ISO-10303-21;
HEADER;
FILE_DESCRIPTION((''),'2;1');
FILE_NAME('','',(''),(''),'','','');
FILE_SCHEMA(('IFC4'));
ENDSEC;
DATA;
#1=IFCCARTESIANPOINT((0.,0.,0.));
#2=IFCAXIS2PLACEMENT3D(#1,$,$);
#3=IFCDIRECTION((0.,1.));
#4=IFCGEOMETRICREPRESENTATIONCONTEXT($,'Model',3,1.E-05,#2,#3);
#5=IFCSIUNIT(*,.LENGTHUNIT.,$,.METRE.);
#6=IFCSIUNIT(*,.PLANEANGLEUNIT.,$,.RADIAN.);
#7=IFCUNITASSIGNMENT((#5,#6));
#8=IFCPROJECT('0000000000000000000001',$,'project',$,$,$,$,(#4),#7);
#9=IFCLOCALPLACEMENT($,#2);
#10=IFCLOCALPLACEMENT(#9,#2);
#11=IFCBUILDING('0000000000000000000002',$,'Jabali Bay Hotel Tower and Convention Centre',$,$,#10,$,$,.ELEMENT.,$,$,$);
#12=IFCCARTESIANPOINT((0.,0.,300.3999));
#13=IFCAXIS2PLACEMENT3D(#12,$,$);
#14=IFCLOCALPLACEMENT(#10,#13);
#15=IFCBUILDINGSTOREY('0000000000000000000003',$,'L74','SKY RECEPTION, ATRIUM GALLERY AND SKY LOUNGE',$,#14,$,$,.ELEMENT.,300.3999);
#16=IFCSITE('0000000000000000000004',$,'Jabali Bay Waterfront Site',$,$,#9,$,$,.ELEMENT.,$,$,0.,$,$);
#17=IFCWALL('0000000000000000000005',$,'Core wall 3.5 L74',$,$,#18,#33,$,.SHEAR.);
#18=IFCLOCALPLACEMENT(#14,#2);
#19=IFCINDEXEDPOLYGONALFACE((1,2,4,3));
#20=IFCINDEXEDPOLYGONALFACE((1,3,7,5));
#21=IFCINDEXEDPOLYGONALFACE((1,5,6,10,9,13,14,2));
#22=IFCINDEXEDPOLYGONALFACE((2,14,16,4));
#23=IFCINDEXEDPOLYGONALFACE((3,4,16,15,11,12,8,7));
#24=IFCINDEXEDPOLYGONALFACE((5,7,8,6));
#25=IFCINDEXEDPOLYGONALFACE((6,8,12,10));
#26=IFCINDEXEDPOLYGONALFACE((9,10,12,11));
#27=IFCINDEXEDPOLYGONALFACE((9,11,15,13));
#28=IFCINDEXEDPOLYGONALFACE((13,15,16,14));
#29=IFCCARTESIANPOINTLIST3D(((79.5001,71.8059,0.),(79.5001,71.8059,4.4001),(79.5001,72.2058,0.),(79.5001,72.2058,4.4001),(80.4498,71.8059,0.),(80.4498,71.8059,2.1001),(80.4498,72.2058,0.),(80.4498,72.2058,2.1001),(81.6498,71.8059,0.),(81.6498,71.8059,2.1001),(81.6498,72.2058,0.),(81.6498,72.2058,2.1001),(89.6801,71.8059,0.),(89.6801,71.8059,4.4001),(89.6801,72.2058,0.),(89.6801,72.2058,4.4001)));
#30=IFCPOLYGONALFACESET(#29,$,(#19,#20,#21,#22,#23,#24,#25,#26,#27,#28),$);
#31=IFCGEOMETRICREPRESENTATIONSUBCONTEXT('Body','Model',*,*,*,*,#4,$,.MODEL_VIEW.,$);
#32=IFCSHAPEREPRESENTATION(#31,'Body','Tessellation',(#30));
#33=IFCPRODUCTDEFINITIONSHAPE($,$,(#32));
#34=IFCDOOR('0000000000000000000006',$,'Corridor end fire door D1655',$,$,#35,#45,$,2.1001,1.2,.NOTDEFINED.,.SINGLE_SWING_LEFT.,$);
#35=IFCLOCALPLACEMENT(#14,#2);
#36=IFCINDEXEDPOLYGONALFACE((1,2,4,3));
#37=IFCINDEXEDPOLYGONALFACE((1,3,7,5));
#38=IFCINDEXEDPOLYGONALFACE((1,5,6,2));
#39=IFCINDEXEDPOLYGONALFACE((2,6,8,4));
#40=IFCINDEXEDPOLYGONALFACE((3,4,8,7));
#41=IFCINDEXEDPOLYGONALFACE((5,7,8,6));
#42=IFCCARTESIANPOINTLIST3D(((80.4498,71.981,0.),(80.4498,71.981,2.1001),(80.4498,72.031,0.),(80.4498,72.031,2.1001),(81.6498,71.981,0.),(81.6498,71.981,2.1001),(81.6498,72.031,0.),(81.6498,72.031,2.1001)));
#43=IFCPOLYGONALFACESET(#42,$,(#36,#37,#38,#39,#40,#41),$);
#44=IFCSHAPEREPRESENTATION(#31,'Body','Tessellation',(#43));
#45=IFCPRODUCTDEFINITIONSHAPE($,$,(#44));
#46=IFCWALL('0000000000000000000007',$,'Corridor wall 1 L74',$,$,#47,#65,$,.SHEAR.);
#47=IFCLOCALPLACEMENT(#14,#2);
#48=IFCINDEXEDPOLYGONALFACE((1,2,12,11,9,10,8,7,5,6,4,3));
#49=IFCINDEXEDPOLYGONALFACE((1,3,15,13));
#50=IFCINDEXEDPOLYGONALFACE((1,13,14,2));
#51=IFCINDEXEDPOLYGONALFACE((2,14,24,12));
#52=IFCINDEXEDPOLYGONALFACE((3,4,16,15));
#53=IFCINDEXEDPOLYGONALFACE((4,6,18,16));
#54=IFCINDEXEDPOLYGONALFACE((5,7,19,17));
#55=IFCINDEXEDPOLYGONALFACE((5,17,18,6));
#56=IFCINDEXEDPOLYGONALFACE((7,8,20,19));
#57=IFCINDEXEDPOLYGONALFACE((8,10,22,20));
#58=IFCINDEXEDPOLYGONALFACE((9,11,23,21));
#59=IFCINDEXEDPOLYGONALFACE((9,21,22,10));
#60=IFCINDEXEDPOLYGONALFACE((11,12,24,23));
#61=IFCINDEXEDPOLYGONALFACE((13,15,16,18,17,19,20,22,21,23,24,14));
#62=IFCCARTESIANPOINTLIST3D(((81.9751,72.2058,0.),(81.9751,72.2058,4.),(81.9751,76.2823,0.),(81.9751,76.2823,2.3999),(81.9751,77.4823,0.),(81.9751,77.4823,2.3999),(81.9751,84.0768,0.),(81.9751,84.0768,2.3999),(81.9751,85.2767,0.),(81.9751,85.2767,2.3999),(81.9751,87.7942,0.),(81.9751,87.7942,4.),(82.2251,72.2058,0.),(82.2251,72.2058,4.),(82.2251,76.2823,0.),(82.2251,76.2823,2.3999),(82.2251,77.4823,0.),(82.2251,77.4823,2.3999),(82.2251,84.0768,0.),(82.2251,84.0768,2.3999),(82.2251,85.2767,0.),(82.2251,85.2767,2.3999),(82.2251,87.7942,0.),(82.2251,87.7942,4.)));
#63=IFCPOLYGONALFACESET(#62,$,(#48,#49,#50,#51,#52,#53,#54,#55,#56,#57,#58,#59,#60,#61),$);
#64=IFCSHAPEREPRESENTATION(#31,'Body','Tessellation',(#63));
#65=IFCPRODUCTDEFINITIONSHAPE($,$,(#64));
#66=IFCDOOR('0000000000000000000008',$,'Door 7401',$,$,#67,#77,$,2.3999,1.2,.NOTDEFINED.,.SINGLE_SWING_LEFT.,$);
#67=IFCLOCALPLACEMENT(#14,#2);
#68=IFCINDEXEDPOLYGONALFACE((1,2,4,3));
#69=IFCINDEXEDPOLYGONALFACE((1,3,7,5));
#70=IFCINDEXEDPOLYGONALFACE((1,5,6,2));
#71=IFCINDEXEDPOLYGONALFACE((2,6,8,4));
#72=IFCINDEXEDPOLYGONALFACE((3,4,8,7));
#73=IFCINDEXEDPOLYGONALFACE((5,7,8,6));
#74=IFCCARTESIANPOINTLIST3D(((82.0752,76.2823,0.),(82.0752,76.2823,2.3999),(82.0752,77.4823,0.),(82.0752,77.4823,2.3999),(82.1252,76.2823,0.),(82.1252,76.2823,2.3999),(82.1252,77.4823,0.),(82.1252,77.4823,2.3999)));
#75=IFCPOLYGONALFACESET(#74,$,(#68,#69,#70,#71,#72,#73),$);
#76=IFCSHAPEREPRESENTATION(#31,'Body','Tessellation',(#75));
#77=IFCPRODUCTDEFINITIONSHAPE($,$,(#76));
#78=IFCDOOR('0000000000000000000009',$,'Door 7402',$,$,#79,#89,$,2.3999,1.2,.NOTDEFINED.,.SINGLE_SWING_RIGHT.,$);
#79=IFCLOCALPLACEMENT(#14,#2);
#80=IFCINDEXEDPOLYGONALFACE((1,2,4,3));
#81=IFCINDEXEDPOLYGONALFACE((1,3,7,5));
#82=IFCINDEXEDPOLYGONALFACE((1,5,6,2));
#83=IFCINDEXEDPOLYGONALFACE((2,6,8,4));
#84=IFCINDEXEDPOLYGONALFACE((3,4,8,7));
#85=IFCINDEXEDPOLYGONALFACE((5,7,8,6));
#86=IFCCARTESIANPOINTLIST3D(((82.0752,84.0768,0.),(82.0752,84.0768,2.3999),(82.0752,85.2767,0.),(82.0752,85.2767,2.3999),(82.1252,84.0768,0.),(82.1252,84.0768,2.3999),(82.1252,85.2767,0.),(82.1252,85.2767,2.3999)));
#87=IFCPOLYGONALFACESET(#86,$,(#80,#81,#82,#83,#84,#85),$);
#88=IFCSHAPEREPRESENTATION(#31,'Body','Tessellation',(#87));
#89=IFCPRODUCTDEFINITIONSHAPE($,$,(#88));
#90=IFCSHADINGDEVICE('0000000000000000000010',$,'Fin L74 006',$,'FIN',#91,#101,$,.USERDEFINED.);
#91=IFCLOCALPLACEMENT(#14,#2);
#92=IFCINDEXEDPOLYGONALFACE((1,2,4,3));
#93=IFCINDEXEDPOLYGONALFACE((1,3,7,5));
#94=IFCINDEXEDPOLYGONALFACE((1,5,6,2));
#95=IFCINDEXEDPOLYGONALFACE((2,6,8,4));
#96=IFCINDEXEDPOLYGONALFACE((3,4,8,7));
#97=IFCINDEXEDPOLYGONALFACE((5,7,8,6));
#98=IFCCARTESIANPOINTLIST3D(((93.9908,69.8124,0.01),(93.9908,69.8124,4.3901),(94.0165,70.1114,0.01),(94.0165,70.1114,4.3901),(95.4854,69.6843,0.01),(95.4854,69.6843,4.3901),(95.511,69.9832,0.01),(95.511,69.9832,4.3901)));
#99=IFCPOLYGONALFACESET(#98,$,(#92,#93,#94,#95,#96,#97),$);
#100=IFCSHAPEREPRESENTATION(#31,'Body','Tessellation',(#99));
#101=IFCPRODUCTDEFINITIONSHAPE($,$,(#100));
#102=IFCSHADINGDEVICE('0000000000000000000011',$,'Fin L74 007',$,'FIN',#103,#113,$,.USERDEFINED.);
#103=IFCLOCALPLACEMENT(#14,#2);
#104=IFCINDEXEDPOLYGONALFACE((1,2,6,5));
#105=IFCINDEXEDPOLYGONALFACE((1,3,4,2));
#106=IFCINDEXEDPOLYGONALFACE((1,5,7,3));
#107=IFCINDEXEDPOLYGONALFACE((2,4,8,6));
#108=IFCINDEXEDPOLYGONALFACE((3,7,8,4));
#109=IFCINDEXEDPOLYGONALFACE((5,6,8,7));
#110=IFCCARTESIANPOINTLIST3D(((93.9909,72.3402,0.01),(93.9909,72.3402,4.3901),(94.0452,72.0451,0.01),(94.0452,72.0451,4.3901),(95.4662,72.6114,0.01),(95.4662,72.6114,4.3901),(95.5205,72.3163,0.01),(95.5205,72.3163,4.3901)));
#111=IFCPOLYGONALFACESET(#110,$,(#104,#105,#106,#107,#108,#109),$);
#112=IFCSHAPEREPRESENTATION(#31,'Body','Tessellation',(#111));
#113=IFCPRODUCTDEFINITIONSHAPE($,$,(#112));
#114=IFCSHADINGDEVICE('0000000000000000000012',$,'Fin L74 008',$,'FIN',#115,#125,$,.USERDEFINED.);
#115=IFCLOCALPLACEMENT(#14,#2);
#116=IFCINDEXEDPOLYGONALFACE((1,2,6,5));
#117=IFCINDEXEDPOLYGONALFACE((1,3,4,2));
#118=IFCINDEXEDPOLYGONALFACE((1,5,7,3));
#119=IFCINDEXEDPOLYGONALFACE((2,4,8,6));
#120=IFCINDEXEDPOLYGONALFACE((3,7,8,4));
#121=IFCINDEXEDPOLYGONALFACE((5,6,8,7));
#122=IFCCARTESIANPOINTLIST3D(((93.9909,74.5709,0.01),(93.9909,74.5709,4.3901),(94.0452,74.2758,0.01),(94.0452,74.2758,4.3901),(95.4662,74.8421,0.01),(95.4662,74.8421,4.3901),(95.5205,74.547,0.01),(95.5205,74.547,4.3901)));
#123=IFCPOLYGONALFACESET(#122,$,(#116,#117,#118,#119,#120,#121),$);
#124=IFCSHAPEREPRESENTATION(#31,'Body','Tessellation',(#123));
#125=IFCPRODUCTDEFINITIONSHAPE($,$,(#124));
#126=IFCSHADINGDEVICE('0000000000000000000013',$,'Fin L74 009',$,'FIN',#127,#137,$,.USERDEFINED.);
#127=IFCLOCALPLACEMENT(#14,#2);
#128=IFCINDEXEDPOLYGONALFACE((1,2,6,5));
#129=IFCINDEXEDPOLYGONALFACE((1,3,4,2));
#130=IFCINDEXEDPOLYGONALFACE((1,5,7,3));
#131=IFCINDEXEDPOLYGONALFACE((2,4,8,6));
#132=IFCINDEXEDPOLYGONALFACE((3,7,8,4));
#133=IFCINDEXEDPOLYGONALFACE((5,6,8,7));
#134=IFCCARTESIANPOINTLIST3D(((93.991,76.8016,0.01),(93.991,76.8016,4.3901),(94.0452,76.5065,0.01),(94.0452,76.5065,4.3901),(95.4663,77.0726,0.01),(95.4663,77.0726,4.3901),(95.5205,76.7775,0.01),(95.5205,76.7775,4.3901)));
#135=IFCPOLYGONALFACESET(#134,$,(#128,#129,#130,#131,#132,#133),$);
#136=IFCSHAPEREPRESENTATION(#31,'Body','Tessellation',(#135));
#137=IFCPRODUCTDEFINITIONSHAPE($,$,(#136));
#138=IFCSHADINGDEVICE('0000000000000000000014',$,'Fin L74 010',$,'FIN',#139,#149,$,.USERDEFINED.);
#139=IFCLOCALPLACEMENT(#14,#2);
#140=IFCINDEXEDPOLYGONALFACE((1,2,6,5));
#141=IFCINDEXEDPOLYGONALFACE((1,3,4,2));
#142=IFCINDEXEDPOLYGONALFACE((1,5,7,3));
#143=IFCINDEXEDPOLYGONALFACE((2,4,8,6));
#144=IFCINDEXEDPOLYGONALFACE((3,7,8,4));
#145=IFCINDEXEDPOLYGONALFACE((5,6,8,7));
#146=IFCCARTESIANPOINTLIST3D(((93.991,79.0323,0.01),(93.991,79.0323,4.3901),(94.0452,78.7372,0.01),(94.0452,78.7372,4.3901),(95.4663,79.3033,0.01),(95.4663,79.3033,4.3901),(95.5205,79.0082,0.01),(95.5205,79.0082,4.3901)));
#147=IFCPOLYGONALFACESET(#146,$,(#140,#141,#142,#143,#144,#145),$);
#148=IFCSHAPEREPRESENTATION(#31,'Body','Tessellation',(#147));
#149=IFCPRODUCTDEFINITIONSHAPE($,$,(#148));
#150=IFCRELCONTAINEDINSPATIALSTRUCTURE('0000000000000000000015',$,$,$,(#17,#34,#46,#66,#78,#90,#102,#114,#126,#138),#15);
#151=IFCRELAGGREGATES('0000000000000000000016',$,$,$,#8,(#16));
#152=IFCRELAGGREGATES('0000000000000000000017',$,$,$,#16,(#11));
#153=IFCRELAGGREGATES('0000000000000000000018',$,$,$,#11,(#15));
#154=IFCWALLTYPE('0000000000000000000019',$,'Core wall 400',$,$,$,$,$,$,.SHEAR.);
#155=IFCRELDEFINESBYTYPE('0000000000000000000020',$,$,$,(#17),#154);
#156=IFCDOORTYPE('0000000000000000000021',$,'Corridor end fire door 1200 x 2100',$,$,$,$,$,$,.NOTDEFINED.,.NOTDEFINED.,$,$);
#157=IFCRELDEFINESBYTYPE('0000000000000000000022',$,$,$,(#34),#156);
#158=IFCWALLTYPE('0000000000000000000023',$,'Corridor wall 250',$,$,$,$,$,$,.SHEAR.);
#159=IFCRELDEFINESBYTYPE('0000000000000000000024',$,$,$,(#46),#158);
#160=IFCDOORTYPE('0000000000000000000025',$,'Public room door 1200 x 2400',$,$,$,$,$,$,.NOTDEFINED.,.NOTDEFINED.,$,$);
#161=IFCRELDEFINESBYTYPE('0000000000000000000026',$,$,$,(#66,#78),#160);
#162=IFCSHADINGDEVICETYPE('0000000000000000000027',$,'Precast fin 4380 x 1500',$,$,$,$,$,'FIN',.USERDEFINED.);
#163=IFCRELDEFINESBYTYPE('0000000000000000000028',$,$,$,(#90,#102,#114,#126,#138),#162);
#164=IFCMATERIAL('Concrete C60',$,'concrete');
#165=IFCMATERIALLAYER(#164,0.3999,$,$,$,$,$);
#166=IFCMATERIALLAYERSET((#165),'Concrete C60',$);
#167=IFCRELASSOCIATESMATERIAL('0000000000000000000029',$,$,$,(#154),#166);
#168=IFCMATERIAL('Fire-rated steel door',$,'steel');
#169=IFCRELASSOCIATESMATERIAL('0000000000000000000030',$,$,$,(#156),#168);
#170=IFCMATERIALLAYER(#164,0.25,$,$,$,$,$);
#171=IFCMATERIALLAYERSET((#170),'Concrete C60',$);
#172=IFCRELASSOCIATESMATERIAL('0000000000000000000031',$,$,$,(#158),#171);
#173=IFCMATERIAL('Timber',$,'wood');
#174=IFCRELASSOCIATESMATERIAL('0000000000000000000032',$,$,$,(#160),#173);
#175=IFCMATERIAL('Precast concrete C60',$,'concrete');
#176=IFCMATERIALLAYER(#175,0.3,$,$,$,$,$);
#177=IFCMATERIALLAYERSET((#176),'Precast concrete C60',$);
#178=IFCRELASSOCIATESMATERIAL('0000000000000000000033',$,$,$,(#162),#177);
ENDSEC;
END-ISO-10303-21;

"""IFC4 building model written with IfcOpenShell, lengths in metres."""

from ifc_helpers import new_model, si_unit, direction, frame, frame_2d, origin, place, context, subcontext, project, spatial, rectangle, extrude, material, layer, layer_set, type_object, element, fill, save


model = new_model("IFC4")

# Units and contexts
model_context = context("Model", 3, precision=1e-05, world=origin(), true_north=direction((0.0, 1.0)))
body_context = subcontext(model_context, "Body", "Model", "MODEL_VIEW")
ifc_project = project(units=[si_unit("LENGTHUNIT", "METRE"), si_unit("PLANEANGLEUNIT", "RADIAN")], contexts=[model_context])

# Site, building, storey
site_placement = place(None, origin())
site = spatial("IfcSite", under=ifc_project, at=site_placement, Name="Jabali Bay Waterfront Site", CompositionType="ELEMENT", RefElevation=0.0)
building_placement = place(site_placement, origin())
building = spatial("IfcBuilding", under=site, at=building_placement, Name="Jabali Bay Hotel Tower and Convention Centre", CompositionType="ELEMENT")
storey_placement = place(building_placement, frame((0.0, 0.0, 300.3999)))
storey = spatial("IfcBuildingStorey", under=building, at=storey_placement, Name="L74", Description="SKY RECEPTION, ATRIUM GALLERY AND SKY LOUNGE", CompositionType="ELEMENT", Elevation=300.3999)

# Shared definitions
ifc_material_1 = material(Name="Concrete C60", Category="concrete")

# Shared definitions
ifc_material_2 = material(Name="Fire-rated steel door", Category="steel")

# Wall, opening, door
ifc_layer_1 = layer(ifc_material_1, 0.3999)
ifc_layer_set_1 = layer_set([ifc_layer_1], Name="Concrete C60")
wall_type_1 = type_object("IfcWallType", Name="Core wall 400", PredefinedType="SHEAR", material=ifc_layer_set_1)
door_type_1 = type_object("IfcDoorType", Name="Corridor end fire door 1200 x 2100", OperationType="NOTDEFINED", PredefinedType="NOTDEFINED", material=ifc_material_2)
wall_1_placement = place(storey_placement, frame((89.6799, 72.0059, 0.0), z_axis=(0.0, 0.0, 1.0), x_axis=(-1.0, 0.0, 0.0)))
wall_1 = element("IfcWall", 1, at=wall_1_placement, inside=storey, type_object=wall_type_1, Name="Core wall 3.5 L74", PredefinedType="SHEAR", context=body_context, shape_type="SweptSolid", body=[
    extrude(rectangle(XDim=10.1799, YDim=0.3999, at=frame_2d((5.0898, 0.0))), origin(), (0.0, 0.0, 1.0), 4.4001),
])
opening_1_placement = place(wall_1_placement, frame((8.03, 0.0, 0.0)))
opening_1 = element("IfcOpeningElement", 2, at=opening_1_placement, cuts=wall_1, PredefinedType="OPENING", context=body_context, shape_type="SweptSolid", body=[
    extrude(rectangle(XDim=1.2, YDim=2.1001, at=frame_2d((0.6001, 1.05))), frame((0.0, 0.2104, 0.0), z_axis=(0.0, -1.0, 0.0), x_axis=(1.0, 0.0, 0.0)), (0.0, 0.0, 1.0), 0.4209),
])
door_1_placement = place(opening_1_placement, origin())
door_1 = element("IfcDoor", 3, at=door_1_placement, inside=storey, type_object=door_type_1, Name="Corridor end fire door D1655", OperationType="SINGLE_SWING_LEFT", OverallHeight=2.1001, OverallWidth=1.2, PredefinedType="NOTDEFINED", context=body_context, shape_type="SweptSolid", body=[
    extrude(rectangle(XDim=1.2, YDim=2.1001, at=frame_2d((0.6001, 1.05))), frame((0.0, 0.0249, 0.0), z_axis=(0.0, -1.0, 0.0), x_axis=(1.0, 0.0, 0.0)), (0.0, 0.0, 1.0), 0.05),
])
fill(opening_1, door_1)

# Wall, openings, doors
ifc_layer_2 = layer(ifc_material_1, 0.25)
ifc_layer_set_2 = layer_set([ifc_layer_2], Name="Concrete C60")
wall_type_2 = type_object("IfcWallType", Name="Corridor wall 250", PredefinedType="SHEAR", material=ifc_layer_set_2)
wall_2_placement = place(storey_placement, frame((82.1001, 72.2058, 0.0), z_axis=(0.0, 0.0, 1.0), x_axis=(0.0, 1.0, 0.0)))
wall_2 = element("IfcWall", 4, at=wall_2_placement, inside=storey, type_object=wall_type_2, Name="Corridor wall 1 L74", PredefinedType="SHEAR", context=body_context, shape_type="SweptSolid", body=[
    extrude(rectangle(XDim=15.5884, YDim=0.25, at=frame_2d((7.7942, 0.0))), origin(), (0.0, 0.0, 1.0), 4.0),
])
opening_2_placement = place(wall_2_placement, frame((4.0764, 0.0, 0.0)))
opening_2 = element("IfcOpeningElement", 5, at=opening_2_placement, cuts=wall_2, PredefinedType="OPENING", context=body_context, shape_type="SweptSolid", body=[
    extrude(rectangle(XDim=1.2, YDim=2.3999, at=frame_2d((0.6001, 1.2))), frame((0.0, 0.1355, 0.0), z_axis=(0.0, -1.0, 0.0), x_axis=(1.0, 0.0, 0.0)), (0.0, 0.0, 1.0), 0.271),
])
opening_3_placement = place(wall_2_placement, frame((11.8708, 0.0, 0.0)))
opening_3 = element("IfcOpeningElement", 6, at=opening_3_placement, cuts=wall_2, PredefinedType="OPENING", context=body_context, shape_type="SweptSolid", body=[
    extrude(rectangle(XDim=1.2, YDim=2.3999, at=frame_2d((0.6001, 1.2))), frame((0.0, 0.1355, 0.0), z_axis=(0.0, -1.0, 0.0), x_axis=(1.0, 0.0, 0.0)), (0.0, 0.0, 1.0), 0.271),
])
ifc_material_3 = material(Name="Timber", Category="wood")
door_type_2 = type_object("IfcDoorType", Name="Public room door 1200 x 2400", OperationType="NOTDEFINED", PredefinedType="NOTDEFINED", material=ifc_material_3)
door_2_placement = place(opening_2_placement, origin())
door_2 = element("IfcDoor", 7, at=door_2_placement, inside=storey, type_object=door_type_2, Name="Door 7401", OperationType="SINGLE_SWING_LEFT", OverallHeight=2.3999, OverallWidth=1.2, PredefinedType="NOTDEFINED", context=body_context, shape_type="SweptSolid", body=[
    extrude(rectangle(XDim=1.2, YDim=2.3999, at=frame_2d((0.6001, 1.2))), frame((0.0, 0.0249, 0.0), z_axis=(0.0, -1.0, 0.0), x_axis=(1.0, 0.0, 0.0)), (0.0, 0.0, 1.0), 0.05),
])
fill(opening_2, door_2)
door_3_placement = place(opening_3_placement, origin())
door_3 = element("IfcDoor", 8, at=door_3_placement, inside=storey, type_object=door_type_2, Name="Door 7402", OperationType="SINGLE_SWING_RIGHT", OverallHeight=2.3999, OverallWidth=1.2, PredefinedType="NOTDEFINED", context=body_context, shape_type="SweptSolid", body=[
    extrude(rectangle(XDim=1.2, YDim=2.3999, at=frame_2d((0.6001, 1.2))), frame((0.0, 0.0249, 0.0), z_axis=(0.0, -1.0, 0.0), x_axis=(1.0, 0.0, 0.0)), (0.0, 0.0, 1.0), 0.05),
])
fill(opening_3, door_3)

# Shading devices
ifc_material_4 = material(Name="Precast concrete C60", Category="concrete")
ifc_layer_3 = layer(ifc_material_4, 0.3)
ifc_layer_set_3 = layer_set([ifc_layer_3], Name="Precast concrete C60")
shading_device_type = type_object("IfcShadingDeviceType", Name="Precast fin 4380 x 1500", ElementType="FIN", PredefinedType="USERDEFINED", material=ifc_layer_set_3)
for number, where, z_axis, x_axis, name in (
    (9, (94.0037, 69.9619, 0.01), (0.0, 0.0, 1.0), (0.996343, -0.085443, 0.0), "Fin L74 006"),
    (10, (94.0181, 72.1926, 0.01), (0.0, 0.0, 1.0), (0.983516, 0.180819, 0.0), "Fin L74 007"),
    (11, (94.0181, 74.4233, 0.01), (0.0, 0.0, 1.0), (0.983516, 0.180819, 0.0), "Fin L74 008"),
    (12, (94.0181, 76.6541, 0.01), (0.0, 0.0, 1.0), (0.983545, 0.180661, 0.0), "Fin L74 009"),
    (13, (94.0181, 78.8848, 0.01), (0.0, 0.0, 1.0), (0.983545, 0.180661, 0.0), "Fin L74 010"),
):
    element("IfcShadingDevice", number, at=place(storey_placement, frame(where, z_axis=z_axis, x_axis=x_axis)), inside=storey, type_object=shading_device_type, Name=name, ObjectType="FIN", PredefinedType="USERDEFINED", context=body_context, shape_type="SweptSolid", body=[
        extrude(rectangle(XDim=1.5, YDim=0.3, at=frame_2d((0.75, 0.0))), origin(), (0.0, 0.0, 1.0), 4.3801),
    ])

save(model, "model.ifc")
